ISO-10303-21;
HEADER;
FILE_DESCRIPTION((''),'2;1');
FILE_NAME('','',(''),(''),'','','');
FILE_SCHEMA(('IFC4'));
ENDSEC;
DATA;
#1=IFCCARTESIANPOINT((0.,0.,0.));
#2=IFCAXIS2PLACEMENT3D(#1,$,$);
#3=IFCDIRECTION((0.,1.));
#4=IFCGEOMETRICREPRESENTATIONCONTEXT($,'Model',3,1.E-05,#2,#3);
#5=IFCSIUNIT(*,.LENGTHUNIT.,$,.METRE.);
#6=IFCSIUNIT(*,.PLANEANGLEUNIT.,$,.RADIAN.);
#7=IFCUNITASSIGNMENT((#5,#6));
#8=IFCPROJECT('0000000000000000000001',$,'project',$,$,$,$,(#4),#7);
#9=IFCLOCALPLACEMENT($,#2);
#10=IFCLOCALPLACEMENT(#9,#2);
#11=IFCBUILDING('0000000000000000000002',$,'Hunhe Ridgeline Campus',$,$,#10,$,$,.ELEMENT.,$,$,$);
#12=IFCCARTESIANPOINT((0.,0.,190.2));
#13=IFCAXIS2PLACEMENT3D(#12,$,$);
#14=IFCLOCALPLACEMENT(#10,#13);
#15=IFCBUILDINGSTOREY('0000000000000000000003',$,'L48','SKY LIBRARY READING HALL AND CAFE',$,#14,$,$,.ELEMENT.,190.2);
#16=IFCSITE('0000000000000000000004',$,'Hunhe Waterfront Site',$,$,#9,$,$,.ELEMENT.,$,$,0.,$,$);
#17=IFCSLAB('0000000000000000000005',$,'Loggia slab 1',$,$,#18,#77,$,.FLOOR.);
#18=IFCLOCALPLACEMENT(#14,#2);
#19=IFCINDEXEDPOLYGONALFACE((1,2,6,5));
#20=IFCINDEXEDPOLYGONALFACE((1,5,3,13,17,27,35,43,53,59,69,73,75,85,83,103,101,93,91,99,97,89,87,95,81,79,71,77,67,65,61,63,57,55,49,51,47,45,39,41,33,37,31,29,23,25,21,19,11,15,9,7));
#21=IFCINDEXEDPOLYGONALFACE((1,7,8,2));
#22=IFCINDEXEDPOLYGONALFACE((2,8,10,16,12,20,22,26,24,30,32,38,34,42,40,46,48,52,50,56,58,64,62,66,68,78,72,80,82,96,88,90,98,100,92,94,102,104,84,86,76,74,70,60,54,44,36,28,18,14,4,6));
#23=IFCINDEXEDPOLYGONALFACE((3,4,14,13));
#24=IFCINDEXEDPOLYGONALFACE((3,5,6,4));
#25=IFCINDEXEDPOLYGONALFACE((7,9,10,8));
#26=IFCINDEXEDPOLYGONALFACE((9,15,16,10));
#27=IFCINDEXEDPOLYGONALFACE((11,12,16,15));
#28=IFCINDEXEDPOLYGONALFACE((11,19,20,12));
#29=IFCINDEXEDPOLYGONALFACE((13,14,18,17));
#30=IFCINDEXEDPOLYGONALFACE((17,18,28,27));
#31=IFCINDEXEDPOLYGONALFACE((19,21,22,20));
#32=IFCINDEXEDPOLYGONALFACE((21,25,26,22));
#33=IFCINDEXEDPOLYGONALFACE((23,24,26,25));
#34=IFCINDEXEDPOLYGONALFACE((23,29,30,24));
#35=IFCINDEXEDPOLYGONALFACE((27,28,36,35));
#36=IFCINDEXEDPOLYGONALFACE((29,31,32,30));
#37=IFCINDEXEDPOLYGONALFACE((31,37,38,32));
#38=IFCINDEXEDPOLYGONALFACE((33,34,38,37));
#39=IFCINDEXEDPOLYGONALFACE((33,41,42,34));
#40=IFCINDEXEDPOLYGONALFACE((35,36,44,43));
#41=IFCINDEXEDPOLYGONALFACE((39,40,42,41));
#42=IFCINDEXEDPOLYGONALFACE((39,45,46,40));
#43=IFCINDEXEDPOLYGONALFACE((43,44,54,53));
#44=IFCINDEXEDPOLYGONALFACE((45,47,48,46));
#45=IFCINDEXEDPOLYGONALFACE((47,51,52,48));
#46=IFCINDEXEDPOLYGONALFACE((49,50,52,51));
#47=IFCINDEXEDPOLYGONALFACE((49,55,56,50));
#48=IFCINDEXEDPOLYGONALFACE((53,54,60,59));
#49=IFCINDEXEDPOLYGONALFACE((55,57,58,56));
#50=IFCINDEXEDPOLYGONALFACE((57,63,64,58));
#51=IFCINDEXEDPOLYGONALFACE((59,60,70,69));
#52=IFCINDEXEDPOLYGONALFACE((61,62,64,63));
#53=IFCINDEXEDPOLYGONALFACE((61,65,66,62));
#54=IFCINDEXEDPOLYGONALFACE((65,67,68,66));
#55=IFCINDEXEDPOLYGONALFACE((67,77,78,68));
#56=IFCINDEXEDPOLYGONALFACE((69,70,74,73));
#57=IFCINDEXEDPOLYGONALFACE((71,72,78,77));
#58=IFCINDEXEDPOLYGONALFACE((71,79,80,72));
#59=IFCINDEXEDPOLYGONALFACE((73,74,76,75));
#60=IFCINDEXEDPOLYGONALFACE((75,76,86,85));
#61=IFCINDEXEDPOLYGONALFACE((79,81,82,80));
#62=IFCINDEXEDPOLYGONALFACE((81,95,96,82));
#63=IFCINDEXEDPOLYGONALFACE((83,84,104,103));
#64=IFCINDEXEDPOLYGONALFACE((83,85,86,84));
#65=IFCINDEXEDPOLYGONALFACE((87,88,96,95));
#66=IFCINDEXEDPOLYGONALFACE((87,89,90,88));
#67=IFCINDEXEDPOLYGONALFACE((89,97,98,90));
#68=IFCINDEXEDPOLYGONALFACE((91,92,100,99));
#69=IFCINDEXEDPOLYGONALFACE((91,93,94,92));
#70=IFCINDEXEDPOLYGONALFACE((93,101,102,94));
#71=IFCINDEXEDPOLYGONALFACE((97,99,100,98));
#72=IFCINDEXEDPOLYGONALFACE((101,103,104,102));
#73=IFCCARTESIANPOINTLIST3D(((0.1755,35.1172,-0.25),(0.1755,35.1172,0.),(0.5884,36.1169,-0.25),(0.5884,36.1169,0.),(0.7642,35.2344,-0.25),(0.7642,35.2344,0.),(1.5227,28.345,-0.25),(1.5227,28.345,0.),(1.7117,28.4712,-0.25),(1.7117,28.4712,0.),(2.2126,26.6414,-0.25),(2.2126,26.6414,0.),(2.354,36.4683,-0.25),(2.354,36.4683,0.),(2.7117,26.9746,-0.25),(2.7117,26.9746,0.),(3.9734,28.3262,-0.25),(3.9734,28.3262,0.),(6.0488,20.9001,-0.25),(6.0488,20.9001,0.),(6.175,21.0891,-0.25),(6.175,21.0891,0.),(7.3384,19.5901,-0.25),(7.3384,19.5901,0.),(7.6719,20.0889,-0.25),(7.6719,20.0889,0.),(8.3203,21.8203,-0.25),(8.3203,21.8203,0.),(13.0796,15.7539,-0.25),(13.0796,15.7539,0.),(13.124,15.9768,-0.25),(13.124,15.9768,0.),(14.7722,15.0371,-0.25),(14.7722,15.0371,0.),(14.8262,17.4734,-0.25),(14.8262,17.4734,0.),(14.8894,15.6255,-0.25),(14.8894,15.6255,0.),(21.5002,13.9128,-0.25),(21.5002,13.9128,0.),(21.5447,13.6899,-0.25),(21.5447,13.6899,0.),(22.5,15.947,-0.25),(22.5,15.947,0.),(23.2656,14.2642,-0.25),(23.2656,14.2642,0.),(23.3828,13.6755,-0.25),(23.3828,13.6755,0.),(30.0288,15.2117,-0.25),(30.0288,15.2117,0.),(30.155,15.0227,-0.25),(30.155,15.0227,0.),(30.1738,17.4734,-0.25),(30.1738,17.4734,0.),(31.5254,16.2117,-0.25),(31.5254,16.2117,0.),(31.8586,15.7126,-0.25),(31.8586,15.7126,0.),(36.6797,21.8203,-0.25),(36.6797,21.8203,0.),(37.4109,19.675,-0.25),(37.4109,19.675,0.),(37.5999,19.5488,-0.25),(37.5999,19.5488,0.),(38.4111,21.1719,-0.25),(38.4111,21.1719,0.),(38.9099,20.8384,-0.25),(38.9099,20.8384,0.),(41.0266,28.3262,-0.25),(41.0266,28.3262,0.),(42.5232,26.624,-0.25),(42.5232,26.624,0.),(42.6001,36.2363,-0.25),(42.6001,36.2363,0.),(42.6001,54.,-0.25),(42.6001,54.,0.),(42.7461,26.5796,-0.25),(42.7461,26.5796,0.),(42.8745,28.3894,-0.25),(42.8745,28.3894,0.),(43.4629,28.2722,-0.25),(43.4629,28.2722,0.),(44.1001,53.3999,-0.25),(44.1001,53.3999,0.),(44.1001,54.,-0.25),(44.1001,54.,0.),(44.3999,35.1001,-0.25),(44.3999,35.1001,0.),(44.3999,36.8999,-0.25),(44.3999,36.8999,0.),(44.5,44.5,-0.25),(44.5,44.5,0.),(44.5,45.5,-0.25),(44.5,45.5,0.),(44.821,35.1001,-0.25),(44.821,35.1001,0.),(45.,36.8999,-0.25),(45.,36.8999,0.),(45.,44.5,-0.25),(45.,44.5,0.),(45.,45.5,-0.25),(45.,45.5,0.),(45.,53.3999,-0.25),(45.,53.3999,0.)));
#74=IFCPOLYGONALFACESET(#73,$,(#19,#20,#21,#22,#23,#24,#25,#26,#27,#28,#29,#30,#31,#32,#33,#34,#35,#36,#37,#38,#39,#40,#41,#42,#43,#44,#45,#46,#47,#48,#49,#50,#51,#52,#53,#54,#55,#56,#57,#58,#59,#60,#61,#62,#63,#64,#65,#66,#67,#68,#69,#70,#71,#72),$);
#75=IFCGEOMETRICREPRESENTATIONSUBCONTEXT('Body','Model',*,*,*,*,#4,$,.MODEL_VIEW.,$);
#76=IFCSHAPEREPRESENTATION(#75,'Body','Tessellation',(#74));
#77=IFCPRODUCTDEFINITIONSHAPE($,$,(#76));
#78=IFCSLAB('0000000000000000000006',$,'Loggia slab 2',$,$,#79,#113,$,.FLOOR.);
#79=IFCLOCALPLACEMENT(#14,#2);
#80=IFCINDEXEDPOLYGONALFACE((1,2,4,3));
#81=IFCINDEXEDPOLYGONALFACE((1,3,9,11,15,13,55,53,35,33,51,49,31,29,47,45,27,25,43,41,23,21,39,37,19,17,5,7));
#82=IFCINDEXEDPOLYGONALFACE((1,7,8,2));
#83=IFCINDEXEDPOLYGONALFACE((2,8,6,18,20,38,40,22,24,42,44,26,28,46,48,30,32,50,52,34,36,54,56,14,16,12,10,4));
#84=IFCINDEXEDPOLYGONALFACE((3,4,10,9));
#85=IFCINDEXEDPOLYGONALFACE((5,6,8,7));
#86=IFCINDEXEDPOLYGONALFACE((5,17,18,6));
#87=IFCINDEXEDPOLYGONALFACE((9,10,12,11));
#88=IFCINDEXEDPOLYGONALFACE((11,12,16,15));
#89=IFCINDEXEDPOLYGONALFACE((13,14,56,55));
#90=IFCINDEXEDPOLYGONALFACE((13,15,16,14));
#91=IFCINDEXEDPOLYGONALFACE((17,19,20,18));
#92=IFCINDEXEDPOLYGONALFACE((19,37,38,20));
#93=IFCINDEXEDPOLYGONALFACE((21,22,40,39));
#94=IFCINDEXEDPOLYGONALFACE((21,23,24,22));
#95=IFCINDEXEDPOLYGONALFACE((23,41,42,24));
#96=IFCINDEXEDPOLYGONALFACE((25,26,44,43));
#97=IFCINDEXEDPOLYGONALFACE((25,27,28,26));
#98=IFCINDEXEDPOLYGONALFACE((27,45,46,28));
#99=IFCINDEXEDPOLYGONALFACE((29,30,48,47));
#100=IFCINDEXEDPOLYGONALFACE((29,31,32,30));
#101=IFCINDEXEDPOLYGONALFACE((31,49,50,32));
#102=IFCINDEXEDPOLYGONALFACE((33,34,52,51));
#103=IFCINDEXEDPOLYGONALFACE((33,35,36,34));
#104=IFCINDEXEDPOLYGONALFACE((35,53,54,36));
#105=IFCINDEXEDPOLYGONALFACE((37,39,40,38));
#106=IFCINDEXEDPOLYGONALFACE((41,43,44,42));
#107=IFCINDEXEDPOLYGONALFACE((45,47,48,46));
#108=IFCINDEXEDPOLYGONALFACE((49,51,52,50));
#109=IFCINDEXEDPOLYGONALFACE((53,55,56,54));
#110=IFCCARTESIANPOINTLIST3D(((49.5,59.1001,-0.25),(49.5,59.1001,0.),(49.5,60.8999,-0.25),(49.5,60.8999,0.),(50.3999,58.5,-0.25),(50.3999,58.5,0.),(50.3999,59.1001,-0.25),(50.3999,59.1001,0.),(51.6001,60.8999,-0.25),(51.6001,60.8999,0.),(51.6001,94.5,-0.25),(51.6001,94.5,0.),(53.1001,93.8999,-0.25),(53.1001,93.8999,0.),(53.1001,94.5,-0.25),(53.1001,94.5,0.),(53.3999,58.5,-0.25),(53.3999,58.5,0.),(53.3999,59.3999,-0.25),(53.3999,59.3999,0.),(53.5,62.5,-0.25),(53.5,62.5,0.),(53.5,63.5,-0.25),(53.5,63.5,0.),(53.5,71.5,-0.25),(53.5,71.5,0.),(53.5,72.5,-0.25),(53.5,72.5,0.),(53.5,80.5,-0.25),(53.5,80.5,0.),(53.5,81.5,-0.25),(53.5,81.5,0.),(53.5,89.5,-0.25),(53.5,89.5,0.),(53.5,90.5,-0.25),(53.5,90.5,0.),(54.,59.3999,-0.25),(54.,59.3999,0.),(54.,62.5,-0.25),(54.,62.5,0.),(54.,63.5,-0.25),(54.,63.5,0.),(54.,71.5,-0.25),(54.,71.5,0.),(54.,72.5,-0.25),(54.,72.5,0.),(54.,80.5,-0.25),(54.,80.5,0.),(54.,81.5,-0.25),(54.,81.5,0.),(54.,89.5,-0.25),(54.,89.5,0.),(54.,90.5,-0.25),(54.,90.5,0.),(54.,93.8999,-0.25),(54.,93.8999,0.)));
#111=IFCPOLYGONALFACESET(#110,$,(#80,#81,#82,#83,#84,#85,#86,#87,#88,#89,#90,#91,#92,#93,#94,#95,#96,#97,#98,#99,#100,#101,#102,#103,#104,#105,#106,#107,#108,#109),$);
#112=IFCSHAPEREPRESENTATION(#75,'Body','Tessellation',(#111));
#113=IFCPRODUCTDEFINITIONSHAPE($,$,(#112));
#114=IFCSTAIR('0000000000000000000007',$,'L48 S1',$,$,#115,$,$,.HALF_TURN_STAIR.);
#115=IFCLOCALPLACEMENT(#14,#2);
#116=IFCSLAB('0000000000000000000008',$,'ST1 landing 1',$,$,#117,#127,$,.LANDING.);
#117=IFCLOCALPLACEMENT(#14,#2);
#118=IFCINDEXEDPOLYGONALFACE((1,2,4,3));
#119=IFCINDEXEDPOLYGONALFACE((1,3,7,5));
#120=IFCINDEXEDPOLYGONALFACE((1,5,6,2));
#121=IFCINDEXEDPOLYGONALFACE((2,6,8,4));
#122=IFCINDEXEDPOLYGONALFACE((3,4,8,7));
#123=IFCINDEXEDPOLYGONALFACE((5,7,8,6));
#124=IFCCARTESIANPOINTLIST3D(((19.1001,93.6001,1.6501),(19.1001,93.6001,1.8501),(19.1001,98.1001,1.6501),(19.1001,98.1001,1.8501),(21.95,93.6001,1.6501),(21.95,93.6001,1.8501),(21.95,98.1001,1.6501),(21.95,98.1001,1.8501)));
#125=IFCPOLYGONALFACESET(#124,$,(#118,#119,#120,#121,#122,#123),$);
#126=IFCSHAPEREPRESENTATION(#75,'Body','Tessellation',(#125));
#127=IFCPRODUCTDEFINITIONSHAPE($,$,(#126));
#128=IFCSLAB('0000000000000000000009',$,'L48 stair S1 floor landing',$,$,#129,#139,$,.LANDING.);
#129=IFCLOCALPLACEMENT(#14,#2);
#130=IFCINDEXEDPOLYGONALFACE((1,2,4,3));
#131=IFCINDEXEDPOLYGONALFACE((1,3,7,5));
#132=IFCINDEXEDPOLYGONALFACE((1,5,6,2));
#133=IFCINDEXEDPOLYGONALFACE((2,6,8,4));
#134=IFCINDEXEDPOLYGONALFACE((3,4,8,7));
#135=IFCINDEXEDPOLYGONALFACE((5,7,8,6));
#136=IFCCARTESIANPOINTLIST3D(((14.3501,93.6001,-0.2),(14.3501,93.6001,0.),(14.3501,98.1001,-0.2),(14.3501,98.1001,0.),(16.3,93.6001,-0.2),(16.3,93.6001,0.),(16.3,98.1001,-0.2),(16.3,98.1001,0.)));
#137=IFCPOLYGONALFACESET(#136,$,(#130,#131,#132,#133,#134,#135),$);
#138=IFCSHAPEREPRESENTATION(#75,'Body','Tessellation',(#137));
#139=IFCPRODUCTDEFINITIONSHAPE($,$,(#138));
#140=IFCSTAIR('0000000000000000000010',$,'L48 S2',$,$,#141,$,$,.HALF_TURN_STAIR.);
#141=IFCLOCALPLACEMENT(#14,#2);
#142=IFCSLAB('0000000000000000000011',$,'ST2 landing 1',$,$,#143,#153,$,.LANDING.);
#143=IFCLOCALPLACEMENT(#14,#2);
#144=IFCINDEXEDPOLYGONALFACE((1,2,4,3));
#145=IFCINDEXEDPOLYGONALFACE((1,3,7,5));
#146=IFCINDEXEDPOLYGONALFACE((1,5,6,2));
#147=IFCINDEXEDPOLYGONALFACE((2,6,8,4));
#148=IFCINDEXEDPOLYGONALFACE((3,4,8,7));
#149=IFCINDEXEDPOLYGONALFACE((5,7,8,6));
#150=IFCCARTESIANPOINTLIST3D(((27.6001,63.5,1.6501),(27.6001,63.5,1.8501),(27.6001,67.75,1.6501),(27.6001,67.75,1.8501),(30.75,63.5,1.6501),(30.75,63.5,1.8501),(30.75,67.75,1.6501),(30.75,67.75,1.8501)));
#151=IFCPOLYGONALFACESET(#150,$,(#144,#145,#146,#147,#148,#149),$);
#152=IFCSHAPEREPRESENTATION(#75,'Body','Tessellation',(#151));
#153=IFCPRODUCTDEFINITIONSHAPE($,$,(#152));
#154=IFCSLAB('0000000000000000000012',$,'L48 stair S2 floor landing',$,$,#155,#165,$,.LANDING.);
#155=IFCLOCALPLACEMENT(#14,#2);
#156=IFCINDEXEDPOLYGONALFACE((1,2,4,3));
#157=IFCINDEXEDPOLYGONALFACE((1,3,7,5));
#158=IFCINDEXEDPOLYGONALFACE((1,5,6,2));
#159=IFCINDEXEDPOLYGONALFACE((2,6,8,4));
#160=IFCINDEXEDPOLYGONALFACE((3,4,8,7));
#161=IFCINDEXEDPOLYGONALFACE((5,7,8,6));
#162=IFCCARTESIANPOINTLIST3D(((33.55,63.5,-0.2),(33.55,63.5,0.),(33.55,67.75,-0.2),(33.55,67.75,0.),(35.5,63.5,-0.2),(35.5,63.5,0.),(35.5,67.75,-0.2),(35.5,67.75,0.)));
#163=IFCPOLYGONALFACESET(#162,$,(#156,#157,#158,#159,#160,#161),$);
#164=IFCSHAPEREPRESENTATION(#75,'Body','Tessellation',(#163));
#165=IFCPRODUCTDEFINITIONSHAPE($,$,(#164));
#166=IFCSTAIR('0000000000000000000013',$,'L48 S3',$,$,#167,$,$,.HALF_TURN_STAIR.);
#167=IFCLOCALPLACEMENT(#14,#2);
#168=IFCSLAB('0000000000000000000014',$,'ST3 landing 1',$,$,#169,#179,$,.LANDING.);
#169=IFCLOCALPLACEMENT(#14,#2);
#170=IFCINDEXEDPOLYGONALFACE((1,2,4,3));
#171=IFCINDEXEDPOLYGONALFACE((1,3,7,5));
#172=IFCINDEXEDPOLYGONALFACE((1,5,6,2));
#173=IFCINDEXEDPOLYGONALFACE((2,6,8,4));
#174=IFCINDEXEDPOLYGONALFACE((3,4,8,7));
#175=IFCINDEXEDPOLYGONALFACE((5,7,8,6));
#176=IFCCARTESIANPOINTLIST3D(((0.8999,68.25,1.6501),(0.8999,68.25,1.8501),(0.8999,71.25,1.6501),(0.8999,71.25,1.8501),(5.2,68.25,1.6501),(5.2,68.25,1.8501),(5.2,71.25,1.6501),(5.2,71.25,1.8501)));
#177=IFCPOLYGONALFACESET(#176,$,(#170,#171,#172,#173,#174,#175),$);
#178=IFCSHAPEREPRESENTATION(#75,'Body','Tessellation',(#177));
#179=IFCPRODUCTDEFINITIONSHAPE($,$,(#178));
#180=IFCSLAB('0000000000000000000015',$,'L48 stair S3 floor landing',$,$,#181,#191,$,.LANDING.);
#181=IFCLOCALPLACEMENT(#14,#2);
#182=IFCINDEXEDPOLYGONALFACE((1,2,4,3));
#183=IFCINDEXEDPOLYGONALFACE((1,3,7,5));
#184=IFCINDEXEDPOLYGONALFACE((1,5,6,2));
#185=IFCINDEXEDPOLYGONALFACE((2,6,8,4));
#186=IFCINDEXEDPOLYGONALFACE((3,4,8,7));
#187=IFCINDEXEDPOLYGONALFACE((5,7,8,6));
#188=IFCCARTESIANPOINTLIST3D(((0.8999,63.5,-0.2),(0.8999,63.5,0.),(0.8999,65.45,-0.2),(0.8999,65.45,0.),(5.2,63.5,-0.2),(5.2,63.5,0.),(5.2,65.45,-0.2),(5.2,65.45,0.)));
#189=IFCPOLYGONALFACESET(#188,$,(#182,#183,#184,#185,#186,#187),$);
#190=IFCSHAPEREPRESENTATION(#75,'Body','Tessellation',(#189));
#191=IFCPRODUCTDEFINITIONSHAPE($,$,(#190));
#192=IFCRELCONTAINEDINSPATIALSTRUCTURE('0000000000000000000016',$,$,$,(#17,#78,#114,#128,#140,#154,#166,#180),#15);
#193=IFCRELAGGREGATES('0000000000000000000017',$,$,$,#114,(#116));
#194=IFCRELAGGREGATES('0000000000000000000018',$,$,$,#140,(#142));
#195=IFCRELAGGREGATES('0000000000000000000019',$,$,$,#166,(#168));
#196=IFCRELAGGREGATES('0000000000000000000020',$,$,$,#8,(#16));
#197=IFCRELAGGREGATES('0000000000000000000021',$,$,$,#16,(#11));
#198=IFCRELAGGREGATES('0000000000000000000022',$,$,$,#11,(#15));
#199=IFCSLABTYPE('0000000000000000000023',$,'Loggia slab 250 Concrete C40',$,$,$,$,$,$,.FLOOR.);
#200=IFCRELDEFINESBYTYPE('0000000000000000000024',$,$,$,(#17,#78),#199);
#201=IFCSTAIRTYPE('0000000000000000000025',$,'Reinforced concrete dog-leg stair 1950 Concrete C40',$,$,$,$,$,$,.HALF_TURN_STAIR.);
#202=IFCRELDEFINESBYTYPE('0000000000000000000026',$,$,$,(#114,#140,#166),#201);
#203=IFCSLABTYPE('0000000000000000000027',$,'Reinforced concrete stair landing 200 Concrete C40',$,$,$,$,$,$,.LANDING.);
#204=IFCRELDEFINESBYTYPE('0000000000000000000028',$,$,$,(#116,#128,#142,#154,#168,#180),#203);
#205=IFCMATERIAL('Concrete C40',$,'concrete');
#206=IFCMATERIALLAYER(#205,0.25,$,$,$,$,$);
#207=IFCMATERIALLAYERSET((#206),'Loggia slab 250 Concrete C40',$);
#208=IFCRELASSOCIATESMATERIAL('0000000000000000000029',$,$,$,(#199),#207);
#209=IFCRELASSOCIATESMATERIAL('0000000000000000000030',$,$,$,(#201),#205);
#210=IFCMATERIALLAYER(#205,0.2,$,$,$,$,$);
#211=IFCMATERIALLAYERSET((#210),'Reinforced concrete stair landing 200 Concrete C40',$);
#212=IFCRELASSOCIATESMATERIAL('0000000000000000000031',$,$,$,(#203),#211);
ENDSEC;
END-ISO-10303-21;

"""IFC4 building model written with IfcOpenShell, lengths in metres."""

from ifc_helpers import new_model, si_unit, direction, frame, origin, place, context, subcontext, project, spatial, polyline, outline, extrude, material, layer, layer_set, type_object, element, aggregate, save


model = new_model("IFC4")

# Units and contexts
model_context = context("Model", 3, precision=1e-05, world=origin(), true_north=direction((0.0, 1.0)))
body_context = subcontext(model_context, "Body", "Model", "MODEL_VIEW")
ifc_project = project(units=[si_unit("LENGTHUNIT", "METRE"), si_unit("PLANEANGLEUNIT", "RADIAN")], contexts=[model_context])

# Site, building, storey
site_placement = place(None, origin())
site = spatial("IfcSite", under=ifc_project, at=site_placement, Name="Hunhe Waterfront Site", CompositionType="ELEMENT", RefElevation=0.0)
building_placement = place(site_placement, origin())
building = spatial("IfcBuilding", under=site, at=building_placement, Name="Hunhe Ridgeline Campus", CompositionType="ELEMENT")
storey_placement = place(building_placement, frame((0.0, 0.0, 190.2)))
storey = spatial("IfcBuildingStorey", under=building, at=storey_placement, Name="L48", Description="SKY LIBRARY READING HALL AND CAFE", CompositionType="ELEMENT", Elevation=190.2)

# Slabs
ifc_material_1 = material(Name="Concrete C40", Category="concrete")
ifc_layer_1 = layer(ifc_material_1, 0.25)
ifc_layer_set_1 = layer_set([ifc_layer_1], Name="Loggia slab 250 Concrete C40")
slab_type_1 = type_object("IfcSlabType", Name="Loggia slab 250 Concrete C40", PredefinedType="FLOOR", material=ifc_layer_set_1)
slab_1_placement = place(storey_placement, frame((0.0, 0.0, -0.25)))
element("IfcSlab", 1, at=slab_1_placement, inside=storey, type_object=slab_type_1, Name="Loggia slab 1", PredefinedType="FLOOR", context=body_context, shape_type="SweptSolid", body=[
    extrude(outline(polyline([(30.1738, 17.4734), (22.5, 15.947), (14.8262, 17.4734), (8.3203, 21.8203), (3.9734, 28.3262), (2.354, 36.4683), (0.5884, 36.1169), (0.7642, 35.2344), (0.1755, 35.1172), (1.5227, 28.345), (1.7117, 28.4712), (2.7117, 26.9746), (2.2126, 26.6414), (6.0488, 20.9001), (6.175, 21.0891), (7.6719, 20.0889), (7.3384, 19.5901), (13.0796, 15.7539), (13.124, 15.9768), (14.8894, 15.6255), (14.7722, 15.0371), (21.5447, 13.6899), (21.5002, 13.9128), (23.2656, 14.2642), (23.3828, 13.6755), (30.155, 15.0227), (30.0288, 15.2117), (31.5254, 16.2117), (31.8586, 15.7126), (37.5999, 19.5488), (37.4109, 19.675), (38.4111, 21.1719), (38.9099, 20.8384), (42.7461, 26.5796), (42.5232, 26.624), (42.8745, 28.3894), (43.4629, 28.2722), (44.821, 35.1001), (44.3999, 35.1001), (44.3999, 36.8999), (45.0, 36.8999), (45.0, 44.5), (44.5, 44.5), (44.5, 45.5), (45.0, 45.5), (45.0, 53.3999), (44.1001, 53.3999), (44.1001, 54.0), (42.6001, 54.0), (42.6001, 36.2363), (41.0266, 28.3262), (36.6797, 21.8203), (30.1738, 17.4734)])), origin(), (0.0, 0.0, 1.0), 0.25),
])
slab_2_placement = place(storey_placement, frame((0.0, 0.0, -0.25)))
element("IfcSlab", 2, at=slab_2_placement, inside=storey, type_object=slab_type_1, Name="Loggia slab 2", PredefinedType="FLOOR", context=body_context, shape_type="SweptSolid", body=[
    extrude(outline(polyline([(49.5, 59.1001), (50.3999, 59.1001), (50.3999, 58.5), (53.3999, 58.5), (53.3999, 59.3999), (54.0, 59.3999), (54.0, 62.5), (53.5, 62.5), (53.5, 63.5), (54.0, 63.5), (54.0, 71.5), (53.5, 71.5), (53.5, 72.5), (54.0, 72.5), (54.0, 80.5), (53.5, 80.5), (53.5, 81.5), (54.0, 81.5), (54.0, 89.5), (53.5, 89.5), (53.5, 90.5), (54.0, 90.5), (54.0, 93.8999), (53.1001, 93.8999), (53.1001, 94.5), (51.6001, 94.5), (51.6001, 60.8999), (49.5, 60.8999), (49.5, 59.1001)])), origin(), (0.0, 0.0, 1.0), 0.25),
])

# Stair, slab
stair_type = type_object("IfcStairType", Name="Reinforced concrete dog-leg stair 1950 Concrete C40", PredefinedType="HALF_TURN_STAIR", material=ifc_material_1)
stair_1_placement = place(storey_placement, origin())
stair_1 = element("IfcStair", 3, at=stair_1_placement, inside=storey, type_object=stair_type, Name="L48 S1", PredefinedType="HALF_TURN_STAIR")
ifc_layer_2 = layer(ifc_material_1, 0.2)
ifc_layer_set_2 = layer_set([ifc_layer_2], Name="Reinforced concrete stair landing 200 Concrete C40")
slab_type_2 = type_object("IfcSlabType", Name="Reinforced concrete stair landing 200 Concrete C40", PredefinedType="LANDING", material=ifc_layer_set_2)
slab_3_placement = place(storey_placement, frame((0.0, 0.0, 1.6501)))
slab_3 = element("IfcSlab", 4, at=slab_3_placement, type_object=slab_type_2, Name="ST1 landing 1", PredefinedType="LANDING", context=body_context, shape_type="SweptSolid", body=[
    extrude(outline(polyline([(19.1001, 93.6001), (21.95, 93.6001), (21.95, 98.1001), (19.1001, 98.1001), (19.1001, 93.6001)])), origin(), (0.0, 0.0, 1.0), 0.2),
])
aggregate(stair_1, [slab_3])

# Slab
slab_4_placement = place(storey_placement, frame((0.0, 0.0, -0.2)))
element("IfcSlab", 5, at=slab_4_placement, inside=storey, type_object=slab_type_2, Name="L48 stair S1 floor landing", PredefinedType="LANDING", context=body_context, shape_type="SweptSolid", body=[
    extrude(outline(polyline([(14.3501, 93.6001), (16.3, 93.6001), (16.3, 98.1001), (14.3501, 98.1001), (14.3501, 93.6001)])), origin(), (0.0, 0.0, 1.0), 0.2),
])

# Stair, slab
stair_2_placement = place(storey_placement, origin())
stair_2 = element("IfcStair", 6, at=stair_2_placement, inside=storey, type_object=stair_type, Name="L48 S2", PredefinedType="HALF_TURN_STAIR")
slab_5_placement = place(storey_placement, frame((0.0, 0.0, 1.6501)))
slab_5 = element("IfcSlab", 7, at=slab_5_placement, type_object=slab_type_2, Name="ST2 landing 1", PredefinedType="LANDING", context=body_context, shape_type="SweptSolid", body=[
    extrude(outline(polyline([(30.75, 67.75), (27.6001, 67.75), (27.6001, 63.5), (30.75, 63.5), (30.75, 67.75)])), origin(), (0.0, 0.0, 1.0), 0.2),
])
aggregate(stair_2, [slab_5])

# Slab
slab_6_placement = place(storey_placement, frame((0.0, 0.0, -0.2)))
element("IfcSlab", 8, at=slab_6_placement, inside=storey, type_object=slab_type_2, Name="L48 stair S2 floor landing", PredefinedType="LANDING", context=body_context, shape_type="SweptSolid", body=[
    extrude(outline(polyline([(35.5, 67.75), (33.55, 67.75), (33.55, 63.5), (35.5, 63.5), (35.5, 67.75)])), origin(), (0.0, 0.0, 1.0), 0.2),
])

# Stair, slab
stair_3_placement = place(storey_placement, origin())
stair_3 = element("IfcStair", 9, at=stair_3_placement, inside=storey, type_object=stair_type, Name="L48 S3", PredefinedType="HALF_TURN_STAIR")
slab_7_placement = place(storey_placement, frame((0.0, 0.0, 1.6501)))
slab_7 = element("IfcSlab", 10, at=slab_7_placement, type_object=slab_type_2, Name="ST3 landing 1", PredefinedType="LANDING", context=body_context, shape_type="SweptSolid", body=[
    extrude(outline(polyline([(5.2, 68.25), (5.2, 71.25), (0.8999, 71.25), (0.8999, 68.25), (5.2, 68.25)])), origin(), (0.0, 0.0, 1.0), 0.2),
])
aggregate(stair_3, [slab_7])

# Slab
slab_8_placement = place(storey_placement, frame((0.0, 0.0, -0.2)))
element("IfcSlab", 11, at=slab_8_placement, inside=storey, type_object=slab_type_2, Name="L48 stair S3 floor landing", PredefinedType="LANDING", context=body_context, shape_type="SweptSolid", body=[
    extrude(outline(polyline([(5.2, 63.5), (5.2, 65.45), (0.8999, 65.45), (0.8999, 63.5), (5.2, 63.5)])), origin(), (0.0, 0.0, 1.0), 0.2),
])

save(model, "model.ifc")
